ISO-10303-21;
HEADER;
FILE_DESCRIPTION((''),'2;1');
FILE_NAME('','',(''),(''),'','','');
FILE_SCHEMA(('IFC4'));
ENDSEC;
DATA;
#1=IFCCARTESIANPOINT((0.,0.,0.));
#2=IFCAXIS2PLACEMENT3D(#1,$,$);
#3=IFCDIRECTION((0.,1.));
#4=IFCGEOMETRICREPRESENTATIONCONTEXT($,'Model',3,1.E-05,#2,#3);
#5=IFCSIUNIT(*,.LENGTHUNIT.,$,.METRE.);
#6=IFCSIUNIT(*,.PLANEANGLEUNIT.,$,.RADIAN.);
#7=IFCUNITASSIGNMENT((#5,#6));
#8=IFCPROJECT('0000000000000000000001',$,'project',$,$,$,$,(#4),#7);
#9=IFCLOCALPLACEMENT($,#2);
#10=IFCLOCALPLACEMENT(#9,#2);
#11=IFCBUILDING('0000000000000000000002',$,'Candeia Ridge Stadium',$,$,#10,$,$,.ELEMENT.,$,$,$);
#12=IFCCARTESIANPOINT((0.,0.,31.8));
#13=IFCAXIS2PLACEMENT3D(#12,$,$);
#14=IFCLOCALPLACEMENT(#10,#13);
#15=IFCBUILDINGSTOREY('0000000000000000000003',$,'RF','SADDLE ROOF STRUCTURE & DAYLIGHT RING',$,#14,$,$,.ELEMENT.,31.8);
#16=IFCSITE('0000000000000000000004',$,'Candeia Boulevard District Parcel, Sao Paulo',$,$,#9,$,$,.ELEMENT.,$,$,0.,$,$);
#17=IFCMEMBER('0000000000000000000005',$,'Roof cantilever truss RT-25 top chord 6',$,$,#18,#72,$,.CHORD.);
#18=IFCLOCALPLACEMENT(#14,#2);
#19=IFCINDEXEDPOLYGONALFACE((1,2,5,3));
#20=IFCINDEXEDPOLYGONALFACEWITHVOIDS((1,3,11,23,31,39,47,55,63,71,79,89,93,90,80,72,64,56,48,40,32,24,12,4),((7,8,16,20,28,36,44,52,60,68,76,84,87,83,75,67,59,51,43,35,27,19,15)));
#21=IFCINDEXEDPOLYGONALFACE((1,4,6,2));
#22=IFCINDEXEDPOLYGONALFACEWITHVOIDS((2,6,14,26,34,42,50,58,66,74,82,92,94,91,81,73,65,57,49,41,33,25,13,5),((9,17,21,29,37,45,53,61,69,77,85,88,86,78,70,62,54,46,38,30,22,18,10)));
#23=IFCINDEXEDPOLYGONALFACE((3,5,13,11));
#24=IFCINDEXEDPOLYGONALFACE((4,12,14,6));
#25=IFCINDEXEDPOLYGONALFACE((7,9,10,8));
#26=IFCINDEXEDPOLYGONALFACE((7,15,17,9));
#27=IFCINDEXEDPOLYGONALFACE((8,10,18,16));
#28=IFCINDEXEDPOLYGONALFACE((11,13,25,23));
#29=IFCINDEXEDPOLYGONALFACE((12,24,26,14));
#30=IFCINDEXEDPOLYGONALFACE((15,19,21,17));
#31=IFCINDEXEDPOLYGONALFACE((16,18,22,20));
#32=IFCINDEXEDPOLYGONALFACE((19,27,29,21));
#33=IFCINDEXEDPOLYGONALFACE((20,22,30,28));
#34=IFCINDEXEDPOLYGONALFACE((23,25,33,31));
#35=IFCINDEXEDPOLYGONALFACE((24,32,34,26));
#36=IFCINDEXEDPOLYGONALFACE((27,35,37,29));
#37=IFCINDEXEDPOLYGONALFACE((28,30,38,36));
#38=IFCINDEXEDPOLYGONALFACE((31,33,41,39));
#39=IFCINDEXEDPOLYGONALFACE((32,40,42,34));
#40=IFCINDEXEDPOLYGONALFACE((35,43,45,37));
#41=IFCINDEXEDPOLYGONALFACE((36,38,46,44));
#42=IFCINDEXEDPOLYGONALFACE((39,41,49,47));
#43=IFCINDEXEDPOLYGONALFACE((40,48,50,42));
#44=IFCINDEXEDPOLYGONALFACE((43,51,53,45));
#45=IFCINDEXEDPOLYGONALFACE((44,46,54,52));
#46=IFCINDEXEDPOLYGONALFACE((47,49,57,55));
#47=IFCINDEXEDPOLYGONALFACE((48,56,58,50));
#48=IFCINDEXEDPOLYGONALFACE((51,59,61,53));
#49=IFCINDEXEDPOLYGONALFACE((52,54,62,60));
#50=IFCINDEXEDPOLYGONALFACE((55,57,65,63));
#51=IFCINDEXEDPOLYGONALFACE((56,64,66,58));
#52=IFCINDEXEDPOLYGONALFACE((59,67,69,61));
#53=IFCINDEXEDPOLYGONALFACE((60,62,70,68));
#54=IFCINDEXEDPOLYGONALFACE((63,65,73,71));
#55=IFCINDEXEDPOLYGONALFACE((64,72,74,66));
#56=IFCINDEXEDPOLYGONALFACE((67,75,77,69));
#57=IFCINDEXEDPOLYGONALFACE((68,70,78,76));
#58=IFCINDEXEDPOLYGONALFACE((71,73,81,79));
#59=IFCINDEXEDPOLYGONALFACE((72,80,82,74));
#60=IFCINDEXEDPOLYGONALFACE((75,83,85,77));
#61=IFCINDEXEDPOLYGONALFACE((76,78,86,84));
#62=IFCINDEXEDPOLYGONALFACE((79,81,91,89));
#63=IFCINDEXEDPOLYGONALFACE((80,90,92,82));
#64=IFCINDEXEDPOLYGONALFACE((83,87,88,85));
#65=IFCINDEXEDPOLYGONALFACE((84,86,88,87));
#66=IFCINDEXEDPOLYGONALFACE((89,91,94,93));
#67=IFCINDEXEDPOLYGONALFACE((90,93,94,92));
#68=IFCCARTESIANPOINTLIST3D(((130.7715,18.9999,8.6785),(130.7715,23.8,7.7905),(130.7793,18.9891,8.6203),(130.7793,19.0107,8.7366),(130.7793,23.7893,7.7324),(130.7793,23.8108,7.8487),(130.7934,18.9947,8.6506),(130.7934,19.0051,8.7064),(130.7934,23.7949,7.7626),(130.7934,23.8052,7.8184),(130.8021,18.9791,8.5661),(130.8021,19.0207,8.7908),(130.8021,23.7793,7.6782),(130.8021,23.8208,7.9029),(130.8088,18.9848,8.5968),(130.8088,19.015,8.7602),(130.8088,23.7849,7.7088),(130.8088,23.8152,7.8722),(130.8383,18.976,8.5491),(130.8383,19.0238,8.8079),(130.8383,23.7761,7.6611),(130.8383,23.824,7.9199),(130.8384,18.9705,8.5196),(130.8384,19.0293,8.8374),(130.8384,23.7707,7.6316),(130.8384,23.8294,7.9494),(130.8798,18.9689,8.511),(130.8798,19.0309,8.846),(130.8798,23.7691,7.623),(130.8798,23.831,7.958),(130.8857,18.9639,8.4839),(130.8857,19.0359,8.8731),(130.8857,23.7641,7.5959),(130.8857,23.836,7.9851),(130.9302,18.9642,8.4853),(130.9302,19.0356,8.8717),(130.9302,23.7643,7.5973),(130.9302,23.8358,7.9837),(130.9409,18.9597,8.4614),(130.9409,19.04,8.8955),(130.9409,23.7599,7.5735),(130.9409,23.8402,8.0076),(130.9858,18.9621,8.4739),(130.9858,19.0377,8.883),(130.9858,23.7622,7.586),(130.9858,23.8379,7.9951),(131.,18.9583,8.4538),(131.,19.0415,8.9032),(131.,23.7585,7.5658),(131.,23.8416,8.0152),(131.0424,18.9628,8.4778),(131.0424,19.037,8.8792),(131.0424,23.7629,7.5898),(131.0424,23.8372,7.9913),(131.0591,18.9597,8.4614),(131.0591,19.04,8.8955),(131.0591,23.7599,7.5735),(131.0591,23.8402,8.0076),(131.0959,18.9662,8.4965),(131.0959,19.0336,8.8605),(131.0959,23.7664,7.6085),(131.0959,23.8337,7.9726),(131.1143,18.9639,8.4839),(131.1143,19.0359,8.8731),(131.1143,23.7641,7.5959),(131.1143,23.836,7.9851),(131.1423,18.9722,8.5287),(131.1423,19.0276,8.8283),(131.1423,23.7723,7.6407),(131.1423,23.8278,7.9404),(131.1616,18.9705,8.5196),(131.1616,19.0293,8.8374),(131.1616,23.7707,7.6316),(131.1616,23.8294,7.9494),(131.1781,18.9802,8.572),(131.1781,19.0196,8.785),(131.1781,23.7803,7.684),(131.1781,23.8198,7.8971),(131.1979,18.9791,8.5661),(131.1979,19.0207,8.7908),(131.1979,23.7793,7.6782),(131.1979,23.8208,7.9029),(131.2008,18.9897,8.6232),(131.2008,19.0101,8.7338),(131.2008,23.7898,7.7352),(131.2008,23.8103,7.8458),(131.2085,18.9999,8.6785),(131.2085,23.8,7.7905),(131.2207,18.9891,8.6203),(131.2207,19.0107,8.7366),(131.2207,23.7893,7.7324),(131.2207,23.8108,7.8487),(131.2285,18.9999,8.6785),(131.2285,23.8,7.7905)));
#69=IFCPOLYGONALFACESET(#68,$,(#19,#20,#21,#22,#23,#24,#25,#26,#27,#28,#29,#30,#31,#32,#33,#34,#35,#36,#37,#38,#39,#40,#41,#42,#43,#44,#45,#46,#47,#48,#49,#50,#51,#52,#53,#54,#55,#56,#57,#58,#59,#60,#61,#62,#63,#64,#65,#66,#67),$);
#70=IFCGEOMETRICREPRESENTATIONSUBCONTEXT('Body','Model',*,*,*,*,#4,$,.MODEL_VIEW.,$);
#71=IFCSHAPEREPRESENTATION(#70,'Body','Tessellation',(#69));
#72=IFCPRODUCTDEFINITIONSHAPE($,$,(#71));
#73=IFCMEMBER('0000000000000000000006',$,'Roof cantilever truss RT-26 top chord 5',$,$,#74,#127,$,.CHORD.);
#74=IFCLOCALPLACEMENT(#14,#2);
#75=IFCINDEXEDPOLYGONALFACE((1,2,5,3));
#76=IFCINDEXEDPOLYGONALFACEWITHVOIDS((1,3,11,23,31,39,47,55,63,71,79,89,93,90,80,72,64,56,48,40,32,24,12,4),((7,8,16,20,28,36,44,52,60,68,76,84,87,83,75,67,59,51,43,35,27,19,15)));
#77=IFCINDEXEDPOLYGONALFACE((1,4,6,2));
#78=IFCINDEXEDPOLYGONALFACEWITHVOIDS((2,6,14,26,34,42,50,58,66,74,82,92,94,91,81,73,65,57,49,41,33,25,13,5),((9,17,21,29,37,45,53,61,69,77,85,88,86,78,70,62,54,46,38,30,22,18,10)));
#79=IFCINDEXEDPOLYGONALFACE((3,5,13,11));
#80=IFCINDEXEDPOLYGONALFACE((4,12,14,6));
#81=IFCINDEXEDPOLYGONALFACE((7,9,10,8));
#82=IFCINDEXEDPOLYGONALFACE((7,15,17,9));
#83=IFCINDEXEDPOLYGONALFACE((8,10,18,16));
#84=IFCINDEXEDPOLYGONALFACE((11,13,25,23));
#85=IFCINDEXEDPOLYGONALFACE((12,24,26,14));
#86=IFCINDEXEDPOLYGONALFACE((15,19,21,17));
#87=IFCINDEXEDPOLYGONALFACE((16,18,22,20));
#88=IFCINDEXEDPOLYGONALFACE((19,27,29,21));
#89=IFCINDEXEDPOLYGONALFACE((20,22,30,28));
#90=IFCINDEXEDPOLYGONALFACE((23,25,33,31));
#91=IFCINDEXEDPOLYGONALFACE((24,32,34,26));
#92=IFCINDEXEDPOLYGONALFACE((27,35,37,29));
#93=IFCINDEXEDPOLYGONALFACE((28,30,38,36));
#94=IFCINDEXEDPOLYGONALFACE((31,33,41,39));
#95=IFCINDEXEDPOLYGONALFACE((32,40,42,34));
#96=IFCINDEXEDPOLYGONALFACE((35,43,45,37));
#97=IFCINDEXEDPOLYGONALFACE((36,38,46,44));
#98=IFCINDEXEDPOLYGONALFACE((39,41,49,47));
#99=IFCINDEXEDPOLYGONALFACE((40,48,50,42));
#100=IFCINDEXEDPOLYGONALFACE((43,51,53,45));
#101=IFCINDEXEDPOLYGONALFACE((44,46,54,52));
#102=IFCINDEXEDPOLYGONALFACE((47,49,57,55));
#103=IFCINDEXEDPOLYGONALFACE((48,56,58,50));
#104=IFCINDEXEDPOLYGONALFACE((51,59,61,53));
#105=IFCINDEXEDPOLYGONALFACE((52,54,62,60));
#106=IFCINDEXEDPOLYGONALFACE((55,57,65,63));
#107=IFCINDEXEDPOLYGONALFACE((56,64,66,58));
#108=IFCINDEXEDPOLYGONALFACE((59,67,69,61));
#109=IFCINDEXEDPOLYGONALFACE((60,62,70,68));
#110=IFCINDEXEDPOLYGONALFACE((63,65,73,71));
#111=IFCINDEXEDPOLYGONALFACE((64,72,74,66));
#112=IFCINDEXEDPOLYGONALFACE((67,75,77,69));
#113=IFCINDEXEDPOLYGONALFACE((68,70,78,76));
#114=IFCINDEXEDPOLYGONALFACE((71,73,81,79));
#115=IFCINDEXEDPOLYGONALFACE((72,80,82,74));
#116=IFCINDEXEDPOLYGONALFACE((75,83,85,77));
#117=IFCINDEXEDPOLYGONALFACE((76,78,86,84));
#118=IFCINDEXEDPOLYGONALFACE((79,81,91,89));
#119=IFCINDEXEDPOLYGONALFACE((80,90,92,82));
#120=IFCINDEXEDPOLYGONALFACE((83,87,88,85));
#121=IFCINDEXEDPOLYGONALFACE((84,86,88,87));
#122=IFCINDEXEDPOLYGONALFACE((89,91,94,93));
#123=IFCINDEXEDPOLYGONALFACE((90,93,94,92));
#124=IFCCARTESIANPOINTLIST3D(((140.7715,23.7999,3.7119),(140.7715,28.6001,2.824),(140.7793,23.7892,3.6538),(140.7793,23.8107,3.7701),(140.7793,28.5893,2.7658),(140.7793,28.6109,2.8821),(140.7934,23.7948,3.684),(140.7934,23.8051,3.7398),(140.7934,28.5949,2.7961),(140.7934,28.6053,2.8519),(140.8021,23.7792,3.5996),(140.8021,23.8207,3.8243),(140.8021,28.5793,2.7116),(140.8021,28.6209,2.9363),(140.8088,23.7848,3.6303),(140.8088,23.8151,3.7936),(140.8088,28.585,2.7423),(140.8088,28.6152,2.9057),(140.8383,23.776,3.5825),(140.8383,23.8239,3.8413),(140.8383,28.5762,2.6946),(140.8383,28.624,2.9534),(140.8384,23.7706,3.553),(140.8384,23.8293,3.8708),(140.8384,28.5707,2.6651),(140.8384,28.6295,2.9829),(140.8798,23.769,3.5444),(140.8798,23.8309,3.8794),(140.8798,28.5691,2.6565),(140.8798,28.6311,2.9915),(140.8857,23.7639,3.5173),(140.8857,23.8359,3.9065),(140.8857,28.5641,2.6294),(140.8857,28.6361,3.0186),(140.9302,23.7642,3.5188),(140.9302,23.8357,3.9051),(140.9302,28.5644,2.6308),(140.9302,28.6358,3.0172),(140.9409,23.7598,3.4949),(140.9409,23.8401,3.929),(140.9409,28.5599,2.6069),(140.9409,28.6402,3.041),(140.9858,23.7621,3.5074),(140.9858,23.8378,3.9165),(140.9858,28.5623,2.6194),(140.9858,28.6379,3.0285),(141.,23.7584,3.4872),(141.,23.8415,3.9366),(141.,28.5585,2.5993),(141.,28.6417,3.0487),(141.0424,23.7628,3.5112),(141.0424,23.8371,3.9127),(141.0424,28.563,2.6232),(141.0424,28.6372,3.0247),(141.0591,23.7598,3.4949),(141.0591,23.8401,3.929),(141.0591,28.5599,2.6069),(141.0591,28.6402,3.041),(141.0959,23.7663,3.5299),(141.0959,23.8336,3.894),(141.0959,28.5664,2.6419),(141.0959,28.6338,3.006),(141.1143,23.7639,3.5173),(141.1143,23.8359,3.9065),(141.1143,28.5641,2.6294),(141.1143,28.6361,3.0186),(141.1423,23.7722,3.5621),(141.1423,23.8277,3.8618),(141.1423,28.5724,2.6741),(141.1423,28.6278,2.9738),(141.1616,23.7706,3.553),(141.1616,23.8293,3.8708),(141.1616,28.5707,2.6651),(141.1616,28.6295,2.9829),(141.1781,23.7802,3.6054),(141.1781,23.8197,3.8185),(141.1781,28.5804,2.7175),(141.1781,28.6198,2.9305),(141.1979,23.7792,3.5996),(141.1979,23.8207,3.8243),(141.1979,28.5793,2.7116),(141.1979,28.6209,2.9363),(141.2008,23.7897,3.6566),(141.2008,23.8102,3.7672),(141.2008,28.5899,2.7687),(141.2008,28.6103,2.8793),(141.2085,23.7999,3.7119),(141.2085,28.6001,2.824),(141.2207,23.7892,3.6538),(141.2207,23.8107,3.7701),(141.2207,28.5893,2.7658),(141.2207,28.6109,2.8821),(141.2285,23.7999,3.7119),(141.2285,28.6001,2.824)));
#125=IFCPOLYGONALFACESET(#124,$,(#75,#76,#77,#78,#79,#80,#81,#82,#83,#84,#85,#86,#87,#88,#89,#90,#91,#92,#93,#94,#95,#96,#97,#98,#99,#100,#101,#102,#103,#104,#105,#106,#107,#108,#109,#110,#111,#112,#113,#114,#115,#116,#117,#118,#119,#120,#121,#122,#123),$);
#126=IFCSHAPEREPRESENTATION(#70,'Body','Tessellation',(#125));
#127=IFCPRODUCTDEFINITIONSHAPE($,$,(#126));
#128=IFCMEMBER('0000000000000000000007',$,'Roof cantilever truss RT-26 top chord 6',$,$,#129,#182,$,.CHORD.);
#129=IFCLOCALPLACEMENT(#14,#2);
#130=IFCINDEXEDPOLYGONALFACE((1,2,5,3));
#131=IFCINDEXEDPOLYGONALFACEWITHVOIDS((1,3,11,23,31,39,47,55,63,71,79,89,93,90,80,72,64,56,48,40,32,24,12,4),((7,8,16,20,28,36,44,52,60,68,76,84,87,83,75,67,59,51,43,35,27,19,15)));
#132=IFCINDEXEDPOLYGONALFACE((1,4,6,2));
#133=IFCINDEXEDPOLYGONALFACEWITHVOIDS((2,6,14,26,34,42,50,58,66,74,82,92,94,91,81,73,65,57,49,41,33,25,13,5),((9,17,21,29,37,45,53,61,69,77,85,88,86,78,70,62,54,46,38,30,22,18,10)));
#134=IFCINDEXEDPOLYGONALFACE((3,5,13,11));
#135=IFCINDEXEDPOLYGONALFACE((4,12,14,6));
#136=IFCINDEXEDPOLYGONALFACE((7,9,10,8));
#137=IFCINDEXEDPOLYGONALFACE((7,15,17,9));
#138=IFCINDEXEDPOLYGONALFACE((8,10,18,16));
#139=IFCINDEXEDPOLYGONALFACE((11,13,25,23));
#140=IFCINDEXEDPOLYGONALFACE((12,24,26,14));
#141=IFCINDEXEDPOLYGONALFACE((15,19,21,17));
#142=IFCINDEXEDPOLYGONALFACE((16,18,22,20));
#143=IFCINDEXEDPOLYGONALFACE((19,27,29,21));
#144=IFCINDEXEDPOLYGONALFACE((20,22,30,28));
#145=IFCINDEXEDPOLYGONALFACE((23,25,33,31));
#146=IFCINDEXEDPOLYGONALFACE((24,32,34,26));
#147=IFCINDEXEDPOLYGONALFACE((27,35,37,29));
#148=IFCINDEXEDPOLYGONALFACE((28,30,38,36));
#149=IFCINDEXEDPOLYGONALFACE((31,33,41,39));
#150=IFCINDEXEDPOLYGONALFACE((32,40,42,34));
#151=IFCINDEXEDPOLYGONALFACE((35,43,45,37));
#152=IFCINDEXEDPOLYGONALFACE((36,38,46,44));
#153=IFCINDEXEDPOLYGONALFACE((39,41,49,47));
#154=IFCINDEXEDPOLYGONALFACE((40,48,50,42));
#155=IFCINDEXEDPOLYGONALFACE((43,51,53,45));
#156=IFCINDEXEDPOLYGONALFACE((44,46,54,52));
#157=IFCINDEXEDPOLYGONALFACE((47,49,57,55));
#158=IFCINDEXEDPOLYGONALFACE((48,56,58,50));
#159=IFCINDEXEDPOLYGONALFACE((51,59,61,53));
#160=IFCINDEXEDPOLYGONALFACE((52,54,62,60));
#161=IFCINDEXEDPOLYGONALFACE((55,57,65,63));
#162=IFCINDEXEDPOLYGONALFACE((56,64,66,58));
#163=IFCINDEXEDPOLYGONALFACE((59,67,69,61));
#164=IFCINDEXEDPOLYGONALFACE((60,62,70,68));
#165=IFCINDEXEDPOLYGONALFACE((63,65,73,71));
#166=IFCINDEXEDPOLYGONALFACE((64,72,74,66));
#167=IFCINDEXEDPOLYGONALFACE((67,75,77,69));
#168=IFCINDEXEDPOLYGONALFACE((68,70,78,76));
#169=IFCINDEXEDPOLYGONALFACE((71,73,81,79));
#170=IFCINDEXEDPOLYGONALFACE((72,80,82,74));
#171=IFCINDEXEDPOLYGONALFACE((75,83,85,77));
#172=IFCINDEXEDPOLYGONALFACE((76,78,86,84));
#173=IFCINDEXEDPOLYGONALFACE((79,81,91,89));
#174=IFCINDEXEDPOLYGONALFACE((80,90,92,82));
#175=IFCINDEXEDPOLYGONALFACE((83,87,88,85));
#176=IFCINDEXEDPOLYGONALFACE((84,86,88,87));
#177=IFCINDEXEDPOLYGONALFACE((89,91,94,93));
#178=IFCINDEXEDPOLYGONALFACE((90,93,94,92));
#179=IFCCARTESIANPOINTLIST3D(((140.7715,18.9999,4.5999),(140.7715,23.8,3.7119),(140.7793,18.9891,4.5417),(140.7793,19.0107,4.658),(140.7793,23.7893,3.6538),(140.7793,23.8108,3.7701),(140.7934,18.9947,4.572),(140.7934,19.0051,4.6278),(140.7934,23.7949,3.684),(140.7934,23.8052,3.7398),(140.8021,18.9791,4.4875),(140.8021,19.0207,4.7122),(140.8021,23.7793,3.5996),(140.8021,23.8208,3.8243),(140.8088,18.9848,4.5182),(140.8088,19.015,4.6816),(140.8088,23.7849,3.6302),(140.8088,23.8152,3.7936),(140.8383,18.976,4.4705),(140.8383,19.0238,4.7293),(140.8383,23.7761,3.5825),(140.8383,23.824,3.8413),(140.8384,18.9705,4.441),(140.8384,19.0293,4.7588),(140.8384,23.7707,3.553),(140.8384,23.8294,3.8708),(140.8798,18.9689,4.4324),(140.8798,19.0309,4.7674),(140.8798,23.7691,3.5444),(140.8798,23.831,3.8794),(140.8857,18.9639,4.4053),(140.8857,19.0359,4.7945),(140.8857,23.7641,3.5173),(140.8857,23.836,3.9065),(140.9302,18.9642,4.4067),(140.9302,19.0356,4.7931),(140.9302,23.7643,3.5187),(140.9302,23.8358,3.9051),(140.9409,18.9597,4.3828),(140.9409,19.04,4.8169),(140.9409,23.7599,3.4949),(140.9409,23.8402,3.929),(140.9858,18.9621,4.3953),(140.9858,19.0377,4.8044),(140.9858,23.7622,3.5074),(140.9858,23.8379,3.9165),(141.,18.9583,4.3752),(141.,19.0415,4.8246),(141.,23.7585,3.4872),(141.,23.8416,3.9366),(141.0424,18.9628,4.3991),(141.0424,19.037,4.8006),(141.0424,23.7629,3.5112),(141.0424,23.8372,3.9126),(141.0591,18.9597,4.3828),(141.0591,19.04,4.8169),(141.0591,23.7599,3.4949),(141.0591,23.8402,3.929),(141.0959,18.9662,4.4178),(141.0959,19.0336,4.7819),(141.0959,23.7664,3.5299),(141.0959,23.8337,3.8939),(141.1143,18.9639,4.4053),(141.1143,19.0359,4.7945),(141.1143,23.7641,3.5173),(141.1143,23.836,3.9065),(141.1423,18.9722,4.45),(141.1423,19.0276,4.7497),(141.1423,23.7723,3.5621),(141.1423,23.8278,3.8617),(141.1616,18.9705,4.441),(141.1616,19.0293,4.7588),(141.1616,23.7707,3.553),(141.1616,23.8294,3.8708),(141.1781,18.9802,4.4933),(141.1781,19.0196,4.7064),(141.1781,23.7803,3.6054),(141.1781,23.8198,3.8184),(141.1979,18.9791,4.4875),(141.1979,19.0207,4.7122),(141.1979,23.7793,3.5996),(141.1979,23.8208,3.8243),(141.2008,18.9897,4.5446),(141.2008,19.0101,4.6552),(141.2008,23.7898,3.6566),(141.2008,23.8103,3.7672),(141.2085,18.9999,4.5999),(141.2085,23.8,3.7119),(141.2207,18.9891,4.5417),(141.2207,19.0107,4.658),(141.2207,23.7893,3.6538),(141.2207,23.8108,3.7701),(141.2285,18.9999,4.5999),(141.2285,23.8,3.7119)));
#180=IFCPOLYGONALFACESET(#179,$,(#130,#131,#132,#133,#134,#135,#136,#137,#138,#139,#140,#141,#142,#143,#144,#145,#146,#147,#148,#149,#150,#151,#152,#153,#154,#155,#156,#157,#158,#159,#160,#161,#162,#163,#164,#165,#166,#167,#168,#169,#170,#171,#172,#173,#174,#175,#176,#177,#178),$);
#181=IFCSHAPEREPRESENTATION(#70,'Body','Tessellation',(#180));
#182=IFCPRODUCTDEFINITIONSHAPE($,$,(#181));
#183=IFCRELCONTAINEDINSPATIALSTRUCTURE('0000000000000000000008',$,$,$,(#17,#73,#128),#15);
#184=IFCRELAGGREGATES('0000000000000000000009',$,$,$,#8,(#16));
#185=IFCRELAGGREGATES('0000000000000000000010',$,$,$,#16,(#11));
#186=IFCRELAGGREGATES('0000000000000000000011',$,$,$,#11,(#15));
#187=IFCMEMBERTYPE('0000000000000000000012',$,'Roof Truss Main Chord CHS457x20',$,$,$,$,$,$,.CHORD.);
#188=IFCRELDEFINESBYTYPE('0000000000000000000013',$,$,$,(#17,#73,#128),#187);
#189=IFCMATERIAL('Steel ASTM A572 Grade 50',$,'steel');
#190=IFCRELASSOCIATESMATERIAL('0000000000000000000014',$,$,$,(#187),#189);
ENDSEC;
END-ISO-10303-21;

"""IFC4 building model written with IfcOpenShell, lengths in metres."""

from ifc_helpers import new_model, si_unit, direction, frame, origin, origin_2d, place, context, subcontext, project, spatial, hollow_circle, extrude, material, material_profile, profile_set, type_object, element, save


model = new_model("IFC4")

# Units and contexts
model_context = context("Model", 3, precision=1e-05, world=origin(), true_north=direction((0.0, 1.0)))
body_context = subcontext(model_context, "Body", "Model", "MODEL_VIEW")
ifc_project = project(units=[si_unit("LENGTHUNIT", "METRE"), si_unit("PLANEANGLEUNIT", "RADIAN")], contexts=[model_context])

# Site, building, storey
site_placement = place(None, origin())
site = spatial("IfcSite", under=ifc_project, at=site_placement, Name="Candeia Boulevard District Parcel, Sao Paulo", CompositionType="ELEMENT", RefElevation=0.0)
building_placement = place(site_placement, origin())
building = spatial("IfcBuilding", under=site, at=building_placement, Name="Candeia Ridge Stadium", CompositionType="ELEMENT")
storey_placement = place(building_placement, frame((0.0, 0.0, 31.8)))
storey = spatial("IfcBuildingStorey", under=building, at=storey_placement, Name="RF", Description="SADDLE ROOF STRUCTURE & DAYLIGHT RING", CompositionType="ELEMENT", Elevation=31.8)

# Shared definitions
ifc_material_1 = material(Name="Steel ASTM A572 Grade 50", Category="steel")

# Members
ifc_material_profile_1 = material_profile(ifc_material_1, hollow_circle(Radius=0.2285, WallThickness=0.02, at=origin_2d()), Name="CHS457x20", Category="steel")
ifc_profile_set_1 = profile_set([ifc_material_profile_1], Name="Steel ASTM A572 Grade 50")
member_type_1 = type_object("IfcMemberType", Name="Roof Truss Main Chord CHS457x20", PredefinedType="CHORD", material=ifc_profile_set_1)
for number, where, z_axis, x_axis, name in (
    (1, (131.0, 23.8, 7.7905), (0.0, -0.983317, 0.181899), (1.0, 0.0, 0.0), "Roof cantilever truss RT-25 top chord 6"),
    (2, (141.0, 28.6001, 2.824), (0.0, -0.983317, 0.181899), (1.0, 0.0, 0.0), "Roof cantilever truss RT-26 top chord 5"),
    (3, (141.0, 23.8, 3.7119), (0.0, -0.983317, 0.181899), (1.0, 0.0, 0.0), "Roof cantilever truss RT-26 top chord 6"),
):
    element("IfcMember", number, at=place(storey_placement, frame(where, z_axis=z_axis, x_axis=x_axis)), inside=storey, type_object=member_type_1, Name=name, PredefinedType="CHORD", context=body_context, shape_type="SweptSolid", body=[
        extrude(hollow_circle(Radius=0.2285, WallThickness=0.02, at=origin_2d()), origin(), (0.0, 0.0, 1.0), 4.8816),
    ])

save(model, "model.ifc")
